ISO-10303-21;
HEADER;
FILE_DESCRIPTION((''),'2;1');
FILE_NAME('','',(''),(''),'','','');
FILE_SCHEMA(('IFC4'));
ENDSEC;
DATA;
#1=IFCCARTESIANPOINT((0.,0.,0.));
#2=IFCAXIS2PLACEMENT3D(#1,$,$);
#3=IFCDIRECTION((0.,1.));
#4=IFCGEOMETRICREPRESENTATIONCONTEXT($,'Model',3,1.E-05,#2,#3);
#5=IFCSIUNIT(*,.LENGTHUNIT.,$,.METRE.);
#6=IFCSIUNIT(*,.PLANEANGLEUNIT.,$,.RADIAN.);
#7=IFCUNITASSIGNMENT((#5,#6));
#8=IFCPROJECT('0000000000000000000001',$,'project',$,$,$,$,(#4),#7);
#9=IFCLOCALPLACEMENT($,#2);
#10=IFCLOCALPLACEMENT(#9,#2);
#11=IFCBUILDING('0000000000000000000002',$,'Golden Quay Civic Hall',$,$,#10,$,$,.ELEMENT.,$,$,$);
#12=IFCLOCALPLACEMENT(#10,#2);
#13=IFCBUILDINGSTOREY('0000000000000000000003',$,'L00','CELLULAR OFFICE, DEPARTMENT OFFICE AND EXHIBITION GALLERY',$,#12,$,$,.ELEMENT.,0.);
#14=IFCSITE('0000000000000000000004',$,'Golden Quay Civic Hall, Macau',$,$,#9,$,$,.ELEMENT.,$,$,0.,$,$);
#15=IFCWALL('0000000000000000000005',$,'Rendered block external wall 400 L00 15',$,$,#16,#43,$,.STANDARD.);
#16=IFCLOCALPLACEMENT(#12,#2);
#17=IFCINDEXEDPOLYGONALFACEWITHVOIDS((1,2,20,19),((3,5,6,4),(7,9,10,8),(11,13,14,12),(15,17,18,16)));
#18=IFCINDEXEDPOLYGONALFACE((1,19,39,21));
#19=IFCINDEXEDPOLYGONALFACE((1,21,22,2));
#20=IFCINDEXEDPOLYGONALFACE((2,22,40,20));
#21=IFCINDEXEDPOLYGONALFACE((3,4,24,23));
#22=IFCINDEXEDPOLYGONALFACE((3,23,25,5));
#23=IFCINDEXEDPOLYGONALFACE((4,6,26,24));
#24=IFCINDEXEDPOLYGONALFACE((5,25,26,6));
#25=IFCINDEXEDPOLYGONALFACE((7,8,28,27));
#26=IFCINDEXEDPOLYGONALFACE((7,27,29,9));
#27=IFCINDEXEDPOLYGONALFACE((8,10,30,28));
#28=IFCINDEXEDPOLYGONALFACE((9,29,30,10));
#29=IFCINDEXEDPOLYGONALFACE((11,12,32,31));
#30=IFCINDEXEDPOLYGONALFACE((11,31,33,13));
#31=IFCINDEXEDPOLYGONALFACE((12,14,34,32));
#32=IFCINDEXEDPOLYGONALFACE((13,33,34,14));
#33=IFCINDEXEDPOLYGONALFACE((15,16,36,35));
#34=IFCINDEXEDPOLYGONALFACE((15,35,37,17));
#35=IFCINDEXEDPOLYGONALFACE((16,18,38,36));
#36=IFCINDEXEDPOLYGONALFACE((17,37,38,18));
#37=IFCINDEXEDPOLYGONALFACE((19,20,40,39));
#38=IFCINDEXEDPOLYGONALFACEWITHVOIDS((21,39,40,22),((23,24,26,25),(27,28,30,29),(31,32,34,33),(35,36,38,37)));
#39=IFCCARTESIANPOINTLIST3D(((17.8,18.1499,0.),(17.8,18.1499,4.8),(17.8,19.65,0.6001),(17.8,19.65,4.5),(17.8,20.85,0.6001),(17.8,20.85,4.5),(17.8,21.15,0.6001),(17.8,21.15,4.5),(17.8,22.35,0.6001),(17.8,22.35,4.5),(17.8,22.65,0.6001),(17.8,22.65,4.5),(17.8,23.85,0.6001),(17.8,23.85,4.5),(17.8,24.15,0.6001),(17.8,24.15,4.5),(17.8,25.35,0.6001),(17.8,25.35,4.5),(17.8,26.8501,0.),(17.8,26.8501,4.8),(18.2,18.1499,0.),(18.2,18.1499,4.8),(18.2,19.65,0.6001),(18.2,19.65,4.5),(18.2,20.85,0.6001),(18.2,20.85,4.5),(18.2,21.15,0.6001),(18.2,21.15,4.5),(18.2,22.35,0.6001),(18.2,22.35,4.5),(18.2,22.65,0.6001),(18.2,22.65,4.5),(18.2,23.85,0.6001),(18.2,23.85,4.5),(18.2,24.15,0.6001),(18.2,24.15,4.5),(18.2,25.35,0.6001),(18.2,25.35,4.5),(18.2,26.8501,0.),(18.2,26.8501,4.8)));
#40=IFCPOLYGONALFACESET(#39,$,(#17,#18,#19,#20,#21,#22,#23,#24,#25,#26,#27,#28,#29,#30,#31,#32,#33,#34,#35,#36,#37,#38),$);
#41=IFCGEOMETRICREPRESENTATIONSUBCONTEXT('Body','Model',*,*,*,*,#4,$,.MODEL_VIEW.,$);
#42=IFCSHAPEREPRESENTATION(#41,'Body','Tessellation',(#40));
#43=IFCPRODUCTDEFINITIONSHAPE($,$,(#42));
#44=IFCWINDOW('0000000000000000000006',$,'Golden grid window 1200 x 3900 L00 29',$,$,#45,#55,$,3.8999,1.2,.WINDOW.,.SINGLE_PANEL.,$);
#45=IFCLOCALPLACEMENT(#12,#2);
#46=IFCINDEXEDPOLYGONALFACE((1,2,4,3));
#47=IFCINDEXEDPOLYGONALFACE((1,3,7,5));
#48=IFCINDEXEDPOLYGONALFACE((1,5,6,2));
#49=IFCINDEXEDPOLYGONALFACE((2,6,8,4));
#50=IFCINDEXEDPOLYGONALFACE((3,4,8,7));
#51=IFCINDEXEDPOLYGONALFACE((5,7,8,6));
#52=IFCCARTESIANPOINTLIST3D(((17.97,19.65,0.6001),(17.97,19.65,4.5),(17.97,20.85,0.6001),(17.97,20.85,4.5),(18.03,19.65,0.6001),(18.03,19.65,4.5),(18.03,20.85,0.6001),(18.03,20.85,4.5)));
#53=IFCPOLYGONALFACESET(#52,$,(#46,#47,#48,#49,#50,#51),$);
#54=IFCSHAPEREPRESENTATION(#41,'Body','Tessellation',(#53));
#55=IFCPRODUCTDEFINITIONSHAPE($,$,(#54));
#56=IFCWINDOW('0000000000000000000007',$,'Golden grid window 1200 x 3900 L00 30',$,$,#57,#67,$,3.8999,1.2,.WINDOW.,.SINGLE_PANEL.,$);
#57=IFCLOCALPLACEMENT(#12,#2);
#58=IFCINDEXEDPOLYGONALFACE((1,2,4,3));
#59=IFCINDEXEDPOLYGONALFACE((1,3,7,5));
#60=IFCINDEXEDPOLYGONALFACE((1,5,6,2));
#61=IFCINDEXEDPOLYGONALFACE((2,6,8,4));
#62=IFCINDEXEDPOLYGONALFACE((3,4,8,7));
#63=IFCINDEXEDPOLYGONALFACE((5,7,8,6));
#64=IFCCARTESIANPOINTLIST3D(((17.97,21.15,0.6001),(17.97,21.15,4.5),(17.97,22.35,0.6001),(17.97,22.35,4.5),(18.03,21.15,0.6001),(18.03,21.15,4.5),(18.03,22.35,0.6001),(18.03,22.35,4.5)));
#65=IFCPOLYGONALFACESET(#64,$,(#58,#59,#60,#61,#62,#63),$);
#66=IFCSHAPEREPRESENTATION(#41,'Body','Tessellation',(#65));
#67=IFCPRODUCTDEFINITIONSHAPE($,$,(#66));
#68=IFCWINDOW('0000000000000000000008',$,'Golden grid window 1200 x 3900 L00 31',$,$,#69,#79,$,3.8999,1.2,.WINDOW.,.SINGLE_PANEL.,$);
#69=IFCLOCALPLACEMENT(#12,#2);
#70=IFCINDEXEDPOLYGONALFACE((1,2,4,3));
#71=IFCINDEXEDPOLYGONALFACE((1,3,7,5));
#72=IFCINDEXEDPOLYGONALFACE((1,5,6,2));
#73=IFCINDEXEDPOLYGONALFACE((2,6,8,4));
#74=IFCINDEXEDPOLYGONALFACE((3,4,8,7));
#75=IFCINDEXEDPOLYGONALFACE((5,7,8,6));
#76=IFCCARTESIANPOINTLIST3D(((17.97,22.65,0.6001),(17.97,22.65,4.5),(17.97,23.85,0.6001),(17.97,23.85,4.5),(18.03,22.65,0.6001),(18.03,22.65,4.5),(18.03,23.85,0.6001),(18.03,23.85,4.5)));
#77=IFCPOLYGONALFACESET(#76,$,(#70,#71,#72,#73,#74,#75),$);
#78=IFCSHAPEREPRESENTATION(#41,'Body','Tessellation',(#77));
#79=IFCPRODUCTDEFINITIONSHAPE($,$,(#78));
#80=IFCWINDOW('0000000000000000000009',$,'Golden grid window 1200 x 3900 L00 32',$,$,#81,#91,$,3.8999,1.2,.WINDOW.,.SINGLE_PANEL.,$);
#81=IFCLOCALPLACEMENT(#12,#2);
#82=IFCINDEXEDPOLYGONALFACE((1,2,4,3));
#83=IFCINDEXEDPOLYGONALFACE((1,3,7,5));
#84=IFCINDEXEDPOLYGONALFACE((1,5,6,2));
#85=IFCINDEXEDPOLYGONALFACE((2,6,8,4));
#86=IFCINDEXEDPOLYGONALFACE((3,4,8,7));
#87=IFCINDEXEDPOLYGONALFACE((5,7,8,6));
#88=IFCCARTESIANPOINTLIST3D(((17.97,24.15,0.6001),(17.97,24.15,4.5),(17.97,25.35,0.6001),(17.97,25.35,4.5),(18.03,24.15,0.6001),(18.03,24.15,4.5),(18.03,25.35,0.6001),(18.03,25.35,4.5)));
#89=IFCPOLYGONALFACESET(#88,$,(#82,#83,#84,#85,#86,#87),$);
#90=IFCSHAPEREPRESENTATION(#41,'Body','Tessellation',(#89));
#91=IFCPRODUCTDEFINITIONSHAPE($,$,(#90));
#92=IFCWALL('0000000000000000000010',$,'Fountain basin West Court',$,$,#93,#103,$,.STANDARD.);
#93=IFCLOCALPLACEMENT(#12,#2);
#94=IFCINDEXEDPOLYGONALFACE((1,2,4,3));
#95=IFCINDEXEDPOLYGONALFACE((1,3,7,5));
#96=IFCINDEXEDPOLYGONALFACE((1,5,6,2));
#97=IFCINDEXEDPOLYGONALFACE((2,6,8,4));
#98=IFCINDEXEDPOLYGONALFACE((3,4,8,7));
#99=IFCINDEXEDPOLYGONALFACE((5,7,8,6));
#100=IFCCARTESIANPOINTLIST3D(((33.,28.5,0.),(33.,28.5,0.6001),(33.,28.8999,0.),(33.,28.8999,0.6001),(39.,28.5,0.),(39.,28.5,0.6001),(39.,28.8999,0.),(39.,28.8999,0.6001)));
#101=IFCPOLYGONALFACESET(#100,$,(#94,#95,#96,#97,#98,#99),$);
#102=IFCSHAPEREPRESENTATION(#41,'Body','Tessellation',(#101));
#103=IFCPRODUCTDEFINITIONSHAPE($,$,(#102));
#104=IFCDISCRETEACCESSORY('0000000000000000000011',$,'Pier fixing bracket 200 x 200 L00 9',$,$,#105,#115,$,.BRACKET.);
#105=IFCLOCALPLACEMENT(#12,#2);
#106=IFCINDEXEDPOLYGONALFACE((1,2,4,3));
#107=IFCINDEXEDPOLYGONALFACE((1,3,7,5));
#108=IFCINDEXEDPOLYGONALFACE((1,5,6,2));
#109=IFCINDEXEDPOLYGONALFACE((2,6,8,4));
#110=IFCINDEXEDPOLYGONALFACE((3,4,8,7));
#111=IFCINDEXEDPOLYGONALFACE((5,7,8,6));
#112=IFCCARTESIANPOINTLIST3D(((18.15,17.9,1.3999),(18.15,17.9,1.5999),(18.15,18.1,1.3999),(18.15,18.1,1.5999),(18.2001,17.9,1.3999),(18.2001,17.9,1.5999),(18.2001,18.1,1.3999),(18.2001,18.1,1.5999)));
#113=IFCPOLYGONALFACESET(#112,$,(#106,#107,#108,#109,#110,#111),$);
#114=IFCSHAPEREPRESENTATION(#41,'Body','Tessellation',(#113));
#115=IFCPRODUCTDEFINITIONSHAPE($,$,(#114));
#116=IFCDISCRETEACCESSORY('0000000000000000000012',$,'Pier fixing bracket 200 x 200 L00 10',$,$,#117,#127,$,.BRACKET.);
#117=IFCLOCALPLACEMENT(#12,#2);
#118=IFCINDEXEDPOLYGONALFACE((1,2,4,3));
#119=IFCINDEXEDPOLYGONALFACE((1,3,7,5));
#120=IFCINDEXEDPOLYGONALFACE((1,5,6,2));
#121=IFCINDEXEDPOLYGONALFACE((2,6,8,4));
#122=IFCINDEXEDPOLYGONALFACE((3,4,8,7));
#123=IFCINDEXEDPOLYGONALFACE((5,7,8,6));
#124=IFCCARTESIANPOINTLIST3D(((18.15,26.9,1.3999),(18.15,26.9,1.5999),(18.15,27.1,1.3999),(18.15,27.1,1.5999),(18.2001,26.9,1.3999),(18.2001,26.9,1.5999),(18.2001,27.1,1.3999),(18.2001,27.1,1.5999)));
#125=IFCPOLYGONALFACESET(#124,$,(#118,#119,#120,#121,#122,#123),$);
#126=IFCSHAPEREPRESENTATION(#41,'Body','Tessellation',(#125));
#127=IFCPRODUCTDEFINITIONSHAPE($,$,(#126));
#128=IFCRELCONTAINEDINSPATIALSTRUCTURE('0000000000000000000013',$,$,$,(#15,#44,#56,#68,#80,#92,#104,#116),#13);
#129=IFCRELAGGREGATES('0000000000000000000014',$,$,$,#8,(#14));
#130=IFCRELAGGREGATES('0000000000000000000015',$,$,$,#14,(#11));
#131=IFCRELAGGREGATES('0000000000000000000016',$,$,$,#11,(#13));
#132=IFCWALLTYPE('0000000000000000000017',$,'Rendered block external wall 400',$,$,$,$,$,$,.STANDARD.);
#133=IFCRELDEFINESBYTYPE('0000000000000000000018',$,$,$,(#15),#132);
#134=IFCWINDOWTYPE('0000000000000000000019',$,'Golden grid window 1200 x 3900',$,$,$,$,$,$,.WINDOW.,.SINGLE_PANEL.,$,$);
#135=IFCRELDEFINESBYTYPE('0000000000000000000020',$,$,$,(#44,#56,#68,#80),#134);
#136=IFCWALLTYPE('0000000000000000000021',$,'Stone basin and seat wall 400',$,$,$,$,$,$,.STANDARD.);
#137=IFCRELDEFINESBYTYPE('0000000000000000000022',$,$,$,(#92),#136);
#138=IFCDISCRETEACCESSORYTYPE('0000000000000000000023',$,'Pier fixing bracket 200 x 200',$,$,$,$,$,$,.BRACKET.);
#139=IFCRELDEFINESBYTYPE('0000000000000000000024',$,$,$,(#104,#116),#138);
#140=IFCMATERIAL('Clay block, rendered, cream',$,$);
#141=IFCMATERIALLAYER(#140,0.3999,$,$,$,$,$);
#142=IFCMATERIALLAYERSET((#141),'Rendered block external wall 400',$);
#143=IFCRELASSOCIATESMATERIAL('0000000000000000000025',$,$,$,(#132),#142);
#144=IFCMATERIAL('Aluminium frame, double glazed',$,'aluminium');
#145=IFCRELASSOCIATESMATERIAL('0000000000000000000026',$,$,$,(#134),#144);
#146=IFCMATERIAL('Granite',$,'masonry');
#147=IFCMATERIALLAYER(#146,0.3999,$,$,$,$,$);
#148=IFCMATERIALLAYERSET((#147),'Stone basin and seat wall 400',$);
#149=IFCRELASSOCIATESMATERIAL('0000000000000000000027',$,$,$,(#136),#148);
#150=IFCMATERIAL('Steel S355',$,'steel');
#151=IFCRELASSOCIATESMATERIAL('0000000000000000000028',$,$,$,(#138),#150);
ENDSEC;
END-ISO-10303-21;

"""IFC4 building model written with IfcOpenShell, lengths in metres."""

from ifc_helpers import new_model, si_unit, direction, frame, frame_2d, origin, origin_2d, place, context, subcontext, project, spatial, rectangle, extrude, material, layer, layer_set, type_object, element, fill, save


model = new_model("IFC4")

# Units and contexts
model_context = context("Model", 3, precision=1e-05, world=origin(), true_north=direction((0.0, 1.0)))
body_context = subcontext(model_context, "Body", "Model", "MODEL_VIEW")
ifc_project = project(units=[si_unit("LENGTHUNIT", "METRE"), si_unit("PLANEANGLEUNIT", "RADIAN")], contexts=[model_context])

# Site, building, storey
site_placement = place(None, origin())
site = spatial("IfcSite", under=ifc_project, at=site_placement, Name="Golden Quay Civic Hall, Macau", CompositionType="ELEMENT", RefElevation=0.0)
building_placement = place(site_placement, origin())
building = spatial("IfcBuilding", under=site, at=building_placement, Name="Golden Quay Civic Hall", CompositionType="ELEMENT")
storey_placement = place(building_placement, origin())
storey = spatial("IfcBuildingStorey", under=building, at=storey_placement, Name="L00", Description="CELLULAR OFFICE, DEPARTMENT OFFICE AND EXHIBITION GALLERY", CompositionType="ELEMENT", Elevation=0.0)

# Wall, openings, windows
ifc_material_1 = material(Name="Clay block, rendered, cream")
ifc_layer_1 = layer(ifc_material_1, 0.3999)
ifc_layer_set_1 = layer_set([ifc_layer_1], Name="Rendered block external wall 400")
wall_type_1 = type_object("IfcWallType", Name="Rendered block external wall 400", PredefinedType="STANDARD", material=ifc_layer_set_1)
ifc_material_2 = material(Name="Aluminium frame, double glazed", Category="aluminium")
window_type = type_object("IfcWindowType", Name="Golden grid window 1200 x 3900", PartitioningType="SINGLE_PANEL", PredefinedType="WINDOW", material=ifc_material_2)
wall_1_placement = place(storey_placement, frame((18.0, 26.8501, 0.0), z_axis=(0.0, 0.0, 1.0), x_axis=(0.0, -1.0, 0.0)))
wall_1 = element("IfcWall", 1, at=wall_1_placement, inside=storey, type_object=wall_type_1, Name="Rendered block external wall 400 L00 15", PredefinedType="STANDARD", context=body_context, shape_type="SweptSolid", body=[
    extrude(rectangle(XDim=8.7002, YDim=0.3999, at=frame_2d((4.3501, 0.0))), origin(), (0.0, 0.0, 1.0), 4.8),
])
opening_1_placement = place(wall_1_placement, frame((6.0, 0.0, 0.6001)))
opening_1 = element("IfcOpeningElement", 2, at=opening_1_placement, cuts=wall_1, PredefinedType="OPENING", context=body_context, shape_type="SweptSolid", body=[
    extrude(rectangle(XDim=1.2, YDim=3.8999, at=frame_2d((0.6001, 1.95))), frame((0.0, 0.21, 0.0), z_axis=(0.0, -1.0, 0.0), x_axis=(1.0, 0.0, 0.0)), (0.0, 0.0, 1.0), 0.4199),
])
opening_2_placement = place(wall_1_placement, frame((4.5, 0.0, 0.6001)))
opening_2 = element("IfcOpeningElement", 3, at=opening_2_placement, cuts=wall_1, PredefinedType="OPENING", context=body_context, shape_type="SweptSolid", body=[
    extrude(rectangle(XDim=1.2, YDim=3.8999, at=frame_2d((0.6001, 1.95))), frame((0.0, 0.21, 0.0), z_axis=(0.0, -1.0, 0.0), x_axis=(1.0, 0.0, 0.0)), (0.0, 0.0, 1.0), 0.4199),
])
opening_3_placement = place(wall_1_placement, frame((3.0, 0.0, 0.6001)))
opening_3 = element("IfcOpeningElement", 4, at=opening_3_placement, cuts=wall_1, PredefinedType="OPENING", context=body_context, shape_type="SweptSolid", body=[
    extrude(rectangle(XDim=1.2, YDim=3.8999, at=frame_2d((0.6001, 1.95))), frame((0.0, 0.21, 0.0), z_axis=(0.0, -1.0, 0.0), x_axis=(1.0, 0.0, 0.0)), (0.0, 0.0, 1.0), 0.4199),
])
opening_4_placement = place(wall_1_placement, frame((1.5, 0.0, 0.6001)))
opening_4 = element("IfcOpeningElement", 5, at=opening_4_placement, cuts=wall_1, PredefinedType="OPENING", context=body_context, shape_type="SweptSolid", body=[
    extrude(rectangle(XDim=1.2, YDim=3.8999, at=frame_2d((0.6001, 1.95))), frame((0.0, 0.21, 0.0), z_axis=(0.0, -1.0, 0.0), x_axis=(1.0, 0.0, 0.0)), (0.0, 0.0, 1.0), 0.4199),
])
window_1_placement = place(opening_1_placement, origin())
window_1 = element("IfcWindow", 6, at=window_1_placement, inside=storey, type_object=window_type, Name="Golden grid window 1200 x 3900 L00 29", OverallHeight=3.8999, OverallWidth=1.2, PartitioningType="SINGLE_PANEL", PredefinedType="WINDOW", context=body_context, shape_type="SweptSolid", body=[
    extrude(rectangle(XDim=1.2, YDim=3.8999, at=frame_2d((0.6001, 1.95))), frame((0.0, 0.03, 0.0), z_axis=(0.0, -1.0, 0.0), x_axis=(1.0, 0.0, 0.0)), (0.0, 0.0, 1.0), 0.0601),
])
fill(opening_1, window_1)
window_2_placement = place(opening_2_placement, origin())
window_2 = element("IfcWindow", 7, at=window_2_placement, inside=storey, type_object=window_type, Name="Golden grid window 1200 x 3900 L00 30", OverallHeight=3.8999, OverallWidth=1.2, PartitioningType="SINGLE_PANEL", PredefinedType="WINDOW", context=body_context, shape_type="SweptSolid", body=[
    extrude(rectangle(XDim=1.2, YDim=3.8999, at=frame_2d((0.6001, 1.95))), frame((0.0, 0.03, 0.0), z_axis=(0.0, -1.0, 0.0), x_axis=(1.0, 0.0, 0.0)), (0.0, 0.0, 1.0), 0.0601),
])
fill(opening_2, window_2)
window_3_placement = place(opening_3_placement, origin())
window_3 = element("IfcWindow", 8, at=window_3_placement, inside=storey, type_object=window_type, Name="Golden grid window 1200 x 3900 L00 31", OverallHeight=3.8999, OverallWidth=1.2, PartitioningType="SINGLE_PANEL", PredefinedType="WINDOW", context=body_context, shape_type="SweptSolid", body=[
    extrude(rectangle(XDim=1.2, YDim=3.8999, at=frame_2d((0.6001, 1.95))), frame((0.0, 0.03, 0.0), z_axis=(0.0, -1.0, 0.0), x_axis=(1.0, 0.0, 0.0)), (0.0, 0.0, 1.0), 0.0601),
])
fill(opening_3, window_3)
window_4_placement = place(opening_4_placement, origin())
window_4 = element("IfcWindow", 9, at=window_4_placement, inside=storey, type_object=window_type, Name="Golden grid window 1200 x 3900 L00 32", OverallHeight=3.8999, OverallWidth=1.2, PartitioningType="SINGLE_PANEL", PredefinedType="WINDOW", context=body_context, shape_type="SweptSolid", body=[
    extrude(rectangle(XDim=1.2, YDim=3.8999, at=frame_2d((0.6001, 1.95))), frame((0.0, 0.03, 0.0), z_axis=(0.0, -1.0, 0.0), x_axis=(1.0, 0.0, 0.0)), (0.0, 0.0, 1.0), 0.0601),
])
fill(opening_4, window_4)

# Wall
ifc_material_3 = material(Name="Granite", Category="masonry")
ifc_layer_2 = layer(ifc_material_3, 0.3999)
ifc_layer_set_2 = layer_set([ifc_layer_2], Name="Stone basin and seat wall 400")
wall_type_2 = type_object("IfcWallType", Name="Stone basin and seat wall 400", PredefinedType="STANDARD", material=ifc_layer_set_2)
wall_2_placement = place(storey_placement, frame((33.0, 28.7, 0.0), z_axis=(0.0, 0.0, 1.0), x_axis=(1.0, 0.0, 0.0)))
element("IfcWall", 10, at=wall_2_placement, inside=storey, type_object=wall_type_2, Name="Fountain basin West Court", PredefinedType="STANDARD", context=body_context, shape_type="SweptSolid", body=[
    extrude(rectangle(XDim=6.0, YDim=0.3999, at=frame_2d((3.0, 0.0))), origin(), (0.0, 0.0, 1.0), 0.6001),
])

# Discrete accessories
ifc_material_4 = material(Name="Steel S355", Category="steel")
discrete_accessory_type = type_object("IfcDiscreteAccessoryType", Name="Pier fixing bracket 200 x 200", PredefinedType="BRACKET", material=ifc_material_4)
for number, where, z_axis, x_axis, name in (
    (11, (18.175, 18.0, 1.3999), (0.0, 0.0, 1.0), (0.0, 1.0, 0.0), "Pier fixing bracket 200 x 200 L00 9"),
    (12, (18.175, 27.0, 1.3999), (0.0, 0.0, 1.0), (0.0, 1.0, 0.0), "Pier fixing bracket 200 x 200 L00 10"),
):
    element("IfcDiscreteAccessory", number, at=place(storey_placement, frame(where, z_axis=z_axis, x_axis=x_axis)), inside=storey, type_object=discrete_accessory_type, Name=name, PredefinedType="BRACKET", context=body_context, shape_type="SweptSolid", body=[
        extrude(rectangle(XDim=0.2, YDim=0.05, at=origin_2d()), origin(), (0.0, 0.0, 1.0), 0.2),
    ])

save(model, "model.ifc")
